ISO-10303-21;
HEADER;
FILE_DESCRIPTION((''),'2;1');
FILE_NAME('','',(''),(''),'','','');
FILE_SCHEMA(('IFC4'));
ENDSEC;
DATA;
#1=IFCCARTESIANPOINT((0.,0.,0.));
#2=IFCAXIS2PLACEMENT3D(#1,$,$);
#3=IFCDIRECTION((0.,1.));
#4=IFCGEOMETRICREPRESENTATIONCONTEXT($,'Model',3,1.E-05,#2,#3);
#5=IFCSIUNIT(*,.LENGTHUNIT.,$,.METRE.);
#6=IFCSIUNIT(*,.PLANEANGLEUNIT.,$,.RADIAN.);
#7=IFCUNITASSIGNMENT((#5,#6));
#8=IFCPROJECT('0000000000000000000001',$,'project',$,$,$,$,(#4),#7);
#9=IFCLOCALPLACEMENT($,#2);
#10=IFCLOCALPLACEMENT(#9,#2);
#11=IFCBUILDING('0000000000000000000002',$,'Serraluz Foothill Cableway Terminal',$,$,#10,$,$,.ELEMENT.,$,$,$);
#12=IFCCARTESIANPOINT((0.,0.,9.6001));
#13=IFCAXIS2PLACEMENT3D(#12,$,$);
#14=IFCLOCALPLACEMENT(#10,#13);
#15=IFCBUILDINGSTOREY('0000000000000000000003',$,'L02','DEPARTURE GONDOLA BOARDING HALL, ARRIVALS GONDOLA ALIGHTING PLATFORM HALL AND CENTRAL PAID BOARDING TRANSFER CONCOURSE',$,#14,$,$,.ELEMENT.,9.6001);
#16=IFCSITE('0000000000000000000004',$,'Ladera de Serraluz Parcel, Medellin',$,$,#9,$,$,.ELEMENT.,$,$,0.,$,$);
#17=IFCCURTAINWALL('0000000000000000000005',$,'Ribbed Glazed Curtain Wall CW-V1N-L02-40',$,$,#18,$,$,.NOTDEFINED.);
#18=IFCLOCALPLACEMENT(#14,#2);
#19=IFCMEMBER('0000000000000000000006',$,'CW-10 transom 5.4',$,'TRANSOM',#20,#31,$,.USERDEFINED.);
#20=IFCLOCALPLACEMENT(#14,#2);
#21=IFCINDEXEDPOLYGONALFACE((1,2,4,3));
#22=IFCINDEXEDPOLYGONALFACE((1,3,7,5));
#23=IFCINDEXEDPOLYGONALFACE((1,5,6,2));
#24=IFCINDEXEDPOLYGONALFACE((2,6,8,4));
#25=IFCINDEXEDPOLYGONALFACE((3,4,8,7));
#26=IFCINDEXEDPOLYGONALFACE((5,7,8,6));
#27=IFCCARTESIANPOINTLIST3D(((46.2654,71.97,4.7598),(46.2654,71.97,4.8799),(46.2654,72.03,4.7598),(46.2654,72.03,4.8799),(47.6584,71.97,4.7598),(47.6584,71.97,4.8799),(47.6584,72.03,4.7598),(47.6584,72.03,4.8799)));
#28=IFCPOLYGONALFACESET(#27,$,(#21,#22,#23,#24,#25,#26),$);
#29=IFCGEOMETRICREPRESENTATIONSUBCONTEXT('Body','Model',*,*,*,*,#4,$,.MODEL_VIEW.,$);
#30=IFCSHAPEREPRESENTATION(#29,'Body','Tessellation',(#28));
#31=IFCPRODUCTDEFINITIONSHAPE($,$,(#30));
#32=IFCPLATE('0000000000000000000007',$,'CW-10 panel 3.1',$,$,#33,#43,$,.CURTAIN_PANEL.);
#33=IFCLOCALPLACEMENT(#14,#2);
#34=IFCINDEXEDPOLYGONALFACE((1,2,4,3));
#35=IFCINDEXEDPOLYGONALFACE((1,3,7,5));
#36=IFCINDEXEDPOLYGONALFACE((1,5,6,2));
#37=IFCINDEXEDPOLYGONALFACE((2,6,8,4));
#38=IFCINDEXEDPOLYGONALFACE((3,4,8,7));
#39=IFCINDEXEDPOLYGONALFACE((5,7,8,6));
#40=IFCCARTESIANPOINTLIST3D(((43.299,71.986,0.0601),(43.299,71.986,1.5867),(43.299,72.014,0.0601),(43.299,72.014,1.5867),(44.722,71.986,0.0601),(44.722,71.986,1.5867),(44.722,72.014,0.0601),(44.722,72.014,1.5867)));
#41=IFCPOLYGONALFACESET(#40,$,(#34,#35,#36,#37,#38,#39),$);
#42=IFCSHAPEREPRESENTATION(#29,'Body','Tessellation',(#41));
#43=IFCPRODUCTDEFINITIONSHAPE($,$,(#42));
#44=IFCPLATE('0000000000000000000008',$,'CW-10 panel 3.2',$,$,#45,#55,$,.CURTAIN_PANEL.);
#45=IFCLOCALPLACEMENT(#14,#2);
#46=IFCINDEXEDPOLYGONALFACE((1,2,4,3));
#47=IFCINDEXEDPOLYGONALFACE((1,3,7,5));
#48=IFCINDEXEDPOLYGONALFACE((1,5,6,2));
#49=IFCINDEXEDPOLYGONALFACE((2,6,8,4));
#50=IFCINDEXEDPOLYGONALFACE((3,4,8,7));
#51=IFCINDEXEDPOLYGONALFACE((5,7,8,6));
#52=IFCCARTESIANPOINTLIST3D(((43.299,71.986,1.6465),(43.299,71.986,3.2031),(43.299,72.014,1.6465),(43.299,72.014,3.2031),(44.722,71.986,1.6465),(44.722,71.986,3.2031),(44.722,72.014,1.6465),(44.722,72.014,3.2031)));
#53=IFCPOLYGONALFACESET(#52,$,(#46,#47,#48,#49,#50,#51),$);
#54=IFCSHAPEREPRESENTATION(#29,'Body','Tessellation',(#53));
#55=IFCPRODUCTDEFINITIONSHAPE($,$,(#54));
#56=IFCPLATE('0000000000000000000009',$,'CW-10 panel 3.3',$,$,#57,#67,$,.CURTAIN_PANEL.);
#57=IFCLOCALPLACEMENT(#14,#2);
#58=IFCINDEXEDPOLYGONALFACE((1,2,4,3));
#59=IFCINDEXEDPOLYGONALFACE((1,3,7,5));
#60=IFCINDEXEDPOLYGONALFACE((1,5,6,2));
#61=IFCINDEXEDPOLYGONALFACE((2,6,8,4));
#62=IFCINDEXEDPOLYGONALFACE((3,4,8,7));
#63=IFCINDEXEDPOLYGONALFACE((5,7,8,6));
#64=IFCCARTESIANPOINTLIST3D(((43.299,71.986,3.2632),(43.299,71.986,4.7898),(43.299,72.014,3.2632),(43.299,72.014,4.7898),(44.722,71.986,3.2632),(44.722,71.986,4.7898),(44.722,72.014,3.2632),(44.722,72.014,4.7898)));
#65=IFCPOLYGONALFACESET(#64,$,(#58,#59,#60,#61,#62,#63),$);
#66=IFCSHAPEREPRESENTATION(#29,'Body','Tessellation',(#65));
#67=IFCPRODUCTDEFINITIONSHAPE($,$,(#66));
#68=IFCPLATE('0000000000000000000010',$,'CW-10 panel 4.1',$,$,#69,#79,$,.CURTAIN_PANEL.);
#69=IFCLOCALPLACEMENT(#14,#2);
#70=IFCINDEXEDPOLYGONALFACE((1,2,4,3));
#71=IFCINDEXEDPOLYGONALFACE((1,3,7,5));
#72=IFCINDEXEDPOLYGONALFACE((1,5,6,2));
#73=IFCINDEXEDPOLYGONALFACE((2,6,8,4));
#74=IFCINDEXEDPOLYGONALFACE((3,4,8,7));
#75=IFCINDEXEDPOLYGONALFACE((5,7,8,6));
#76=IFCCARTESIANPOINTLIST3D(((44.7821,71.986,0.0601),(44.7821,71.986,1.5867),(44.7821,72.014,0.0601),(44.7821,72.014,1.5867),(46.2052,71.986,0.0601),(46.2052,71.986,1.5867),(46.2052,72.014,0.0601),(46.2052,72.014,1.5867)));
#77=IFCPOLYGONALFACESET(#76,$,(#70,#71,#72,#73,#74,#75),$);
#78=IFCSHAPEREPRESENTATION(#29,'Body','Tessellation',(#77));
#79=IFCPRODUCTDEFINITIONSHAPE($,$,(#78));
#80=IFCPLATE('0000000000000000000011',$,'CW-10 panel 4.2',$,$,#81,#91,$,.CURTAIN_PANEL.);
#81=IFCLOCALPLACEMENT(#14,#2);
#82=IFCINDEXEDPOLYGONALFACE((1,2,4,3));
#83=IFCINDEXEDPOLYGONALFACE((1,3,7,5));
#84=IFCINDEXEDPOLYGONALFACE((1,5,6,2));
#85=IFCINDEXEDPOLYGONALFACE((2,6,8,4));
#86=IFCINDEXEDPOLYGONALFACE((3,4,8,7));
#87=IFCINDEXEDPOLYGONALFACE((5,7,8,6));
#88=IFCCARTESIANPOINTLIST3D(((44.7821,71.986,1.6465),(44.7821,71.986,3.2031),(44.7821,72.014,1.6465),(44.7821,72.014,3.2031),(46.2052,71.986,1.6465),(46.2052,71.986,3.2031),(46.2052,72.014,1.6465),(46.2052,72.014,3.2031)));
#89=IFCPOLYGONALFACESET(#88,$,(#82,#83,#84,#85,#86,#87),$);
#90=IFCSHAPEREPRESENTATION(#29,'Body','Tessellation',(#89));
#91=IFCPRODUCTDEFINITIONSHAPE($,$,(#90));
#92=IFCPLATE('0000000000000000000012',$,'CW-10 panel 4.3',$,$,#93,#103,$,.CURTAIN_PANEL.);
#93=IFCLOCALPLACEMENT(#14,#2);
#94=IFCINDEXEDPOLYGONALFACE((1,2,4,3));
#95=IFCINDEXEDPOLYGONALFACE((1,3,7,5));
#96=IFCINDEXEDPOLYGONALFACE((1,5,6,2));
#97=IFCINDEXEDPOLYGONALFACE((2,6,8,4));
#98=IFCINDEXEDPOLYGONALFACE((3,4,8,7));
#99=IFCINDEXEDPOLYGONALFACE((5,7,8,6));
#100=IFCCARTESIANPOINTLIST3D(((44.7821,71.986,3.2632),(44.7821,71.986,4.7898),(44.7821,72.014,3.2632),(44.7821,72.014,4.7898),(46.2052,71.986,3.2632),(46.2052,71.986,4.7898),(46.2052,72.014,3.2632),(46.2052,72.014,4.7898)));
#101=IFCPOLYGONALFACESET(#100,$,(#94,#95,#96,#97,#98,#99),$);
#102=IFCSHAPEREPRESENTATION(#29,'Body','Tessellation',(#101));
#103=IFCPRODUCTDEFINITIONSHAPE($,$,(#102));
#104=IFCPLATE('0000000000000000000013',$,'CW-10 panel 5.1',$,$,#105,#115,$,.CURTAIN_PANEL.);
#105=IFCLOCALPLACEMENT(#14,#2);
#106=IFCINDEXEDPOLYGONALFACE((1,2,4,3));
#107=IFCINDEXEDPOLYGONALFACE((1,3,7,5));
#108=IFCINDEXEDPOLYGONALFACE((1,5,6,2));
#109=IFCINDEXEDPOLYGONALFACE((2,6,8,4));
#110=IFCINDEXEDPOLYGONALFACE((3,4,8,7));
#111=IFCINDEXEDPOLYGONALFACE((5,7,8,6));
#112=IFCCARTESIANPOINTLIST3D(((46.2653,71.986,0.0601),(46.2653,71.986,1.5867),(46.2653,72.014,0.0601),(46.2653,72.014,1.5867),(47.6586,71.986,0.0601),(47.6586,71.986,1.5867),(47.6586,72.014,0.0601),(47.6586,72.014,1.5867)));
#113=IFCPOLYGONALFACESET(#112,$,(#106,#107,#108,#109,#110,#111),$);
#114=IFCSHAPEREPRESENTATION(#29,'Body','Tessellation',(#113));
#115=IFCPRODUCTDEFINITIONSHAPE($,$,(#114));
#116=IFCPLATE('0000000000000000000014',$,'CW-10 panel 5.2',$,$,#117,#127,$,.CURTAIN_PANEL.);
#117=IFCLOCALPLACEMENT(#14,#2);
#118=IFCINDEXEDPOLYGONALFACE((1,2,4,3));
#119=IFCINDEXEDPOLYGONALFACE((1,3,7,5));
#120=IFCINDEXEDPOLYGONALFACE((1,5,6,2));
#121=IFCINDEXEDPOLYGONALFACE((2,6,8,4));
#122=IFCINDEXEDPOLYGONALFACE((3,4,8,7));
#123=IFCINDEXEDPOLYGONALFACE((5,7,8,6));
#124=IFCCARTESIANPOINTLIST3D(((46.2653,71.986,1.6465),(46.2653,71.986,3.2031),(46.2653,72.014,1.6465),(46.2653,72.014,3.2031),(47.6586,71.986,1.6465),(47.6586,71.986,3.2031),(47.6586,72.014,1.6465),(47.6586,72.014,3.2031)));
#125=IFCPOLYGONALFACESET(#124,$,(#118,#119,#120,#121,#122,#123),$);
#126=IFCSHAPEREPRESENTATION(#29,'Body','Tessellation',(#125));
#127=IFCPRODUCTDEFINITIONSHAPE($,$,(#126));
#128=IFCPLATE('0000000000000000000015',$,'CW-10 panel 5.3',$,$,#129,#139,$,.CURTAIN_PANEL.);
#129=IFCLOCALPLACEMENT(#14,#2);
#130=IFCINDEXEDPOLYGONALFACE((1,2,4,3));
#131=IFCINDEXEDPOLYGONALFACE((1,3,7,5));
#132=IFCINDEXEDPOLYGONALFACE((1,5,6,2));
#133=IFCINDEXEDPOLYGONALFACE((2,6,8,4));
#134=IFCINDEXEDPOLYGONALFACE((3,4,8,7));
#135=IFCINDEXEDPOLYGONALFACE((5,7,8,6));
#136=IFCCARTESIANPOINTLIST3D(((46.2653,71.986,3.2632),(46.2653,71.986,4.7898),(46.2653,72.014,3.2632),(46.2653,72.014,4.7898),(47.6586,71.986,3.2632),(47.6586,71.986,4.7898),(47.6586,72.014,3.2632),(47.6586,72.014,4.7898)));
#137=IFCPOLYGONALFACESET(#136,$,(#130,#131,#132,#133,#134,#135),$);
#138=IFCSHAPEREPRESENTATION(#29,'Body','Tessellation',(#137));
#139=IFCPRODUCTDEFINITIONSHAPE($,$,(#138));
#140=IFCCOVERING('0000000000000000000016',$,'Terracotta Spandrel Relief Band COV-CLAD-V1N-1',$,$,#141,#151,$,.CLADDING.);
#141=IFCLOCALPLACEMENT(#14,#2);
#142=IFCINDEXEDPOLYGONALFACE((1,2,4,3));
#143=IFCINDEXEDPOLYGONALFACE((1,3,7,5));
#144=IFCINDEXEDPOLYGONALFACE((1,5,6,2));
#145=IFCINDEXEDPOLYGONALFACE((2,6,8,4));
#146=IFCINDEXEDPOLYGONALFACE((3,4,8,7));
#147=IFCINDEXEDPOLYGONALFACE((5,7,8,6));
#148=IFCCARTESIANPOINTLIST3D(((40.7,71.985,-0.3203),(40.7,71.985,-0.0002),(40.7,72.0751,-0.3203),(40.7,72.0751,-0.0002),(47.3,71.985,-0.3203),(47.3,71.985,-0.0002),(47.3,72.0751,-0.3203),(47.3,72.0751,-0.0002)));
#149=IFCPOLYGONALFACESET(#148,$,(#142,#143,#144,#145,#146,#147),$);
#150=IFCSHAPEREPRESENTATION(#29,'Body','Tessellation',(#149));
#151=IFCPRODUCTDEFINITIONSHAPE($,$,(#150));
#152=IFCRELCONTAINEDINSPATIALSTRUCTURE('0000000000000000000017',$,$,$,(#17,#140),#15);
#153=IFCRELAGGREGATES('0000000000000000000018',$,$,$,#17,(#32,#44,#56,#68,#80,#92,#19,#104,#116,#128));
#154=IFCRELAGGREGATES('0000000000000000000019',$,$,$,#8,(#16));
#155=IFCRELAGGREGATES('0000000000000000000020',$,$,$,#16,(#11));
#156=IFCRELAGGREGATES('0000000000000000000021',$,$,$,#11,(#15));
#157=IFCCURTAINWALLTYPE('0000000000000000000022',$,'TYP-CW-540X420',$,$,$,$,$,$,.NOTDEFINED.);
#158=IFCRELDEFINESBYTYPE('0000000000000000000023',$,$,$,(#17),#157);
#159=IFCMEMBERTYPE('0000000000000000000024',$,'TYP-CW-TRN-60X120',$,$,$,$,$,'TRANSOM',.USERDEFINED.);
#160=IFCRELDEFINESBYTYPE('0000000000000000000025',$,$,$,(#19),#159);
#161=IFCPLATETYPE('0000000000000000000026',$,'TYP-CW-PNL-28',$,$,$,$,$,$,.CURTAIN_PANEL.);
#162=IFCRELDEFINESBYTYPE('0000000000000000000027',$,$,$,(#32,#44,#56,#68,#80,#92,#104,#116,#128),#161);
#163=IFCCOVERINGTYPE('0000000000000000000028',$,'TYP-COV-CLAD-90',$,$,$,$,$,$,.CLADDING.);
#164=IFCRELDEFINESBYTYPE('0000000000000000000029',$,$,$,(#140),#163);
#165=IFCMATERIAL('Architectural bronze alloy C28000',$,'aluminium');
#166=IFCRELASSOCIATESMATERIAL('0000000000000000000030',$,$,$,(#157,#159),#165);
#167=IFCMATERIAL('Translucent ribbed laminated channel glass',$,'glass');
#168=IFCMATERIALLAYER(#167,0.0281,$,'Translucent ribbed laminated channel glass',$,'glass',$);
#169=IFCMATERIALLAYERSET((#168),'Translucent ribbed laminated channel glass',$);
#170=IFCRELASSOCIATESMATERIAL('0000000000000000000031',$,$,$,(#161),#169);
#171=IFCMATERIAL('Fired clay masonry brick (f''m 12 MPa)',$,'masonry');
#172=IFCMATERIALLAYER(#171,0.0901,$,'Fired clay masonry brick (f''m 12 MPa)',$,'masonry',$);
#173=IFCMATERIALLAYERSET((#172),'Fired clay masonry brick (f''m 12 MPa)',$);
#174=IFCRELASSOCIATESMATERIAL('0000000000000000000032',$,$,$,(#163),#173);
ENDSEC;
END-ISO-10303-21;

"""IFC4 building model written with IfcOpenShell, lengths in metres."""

from ifc_helpers import new_model, si_unit, direction, frame, origin, origin_2d, place, context, subcontext, project, spatial, rectangle, extrude, material, layer, layer_set, material_profile, profile_set, type_object, element, aggregate, save


model = new_model("IFC4")

# Units and contexts
model_context = context("Model", 3, precision=1e-05, world=origin(), true_north=direction((0.0, 1.0)))
body_context = subcontext(model_context, "Body", "Model", "MODEL_VIEW")
ifc_project = project(units=[si_unit("LENGTHUNIT", "METRE"), si_unit("PLANEANGLEUNIT", "RADIAN")], contexts=[model_context])

# Site, building, storey
site_placement = place(None, origin())
site = spatial("IfcSite", under=ifc_project, at=site_placement, Name="Ladera de Serraluz Parcel, Medellin", CompositionType="ELEMENT", RefElevation=0.0)
building_placement = place(site_placement, origin())
building = spatial("IfcBuilding", under=site, at=building_placement, Name="Serraluz Foothill Cableway Terminal", CompositionType="ELEMENT")
storey_placement = place(building_placement, frame((0.0, 0.0, 9.6001)))
storey = spatial("IfcBuildingStorey", under=building, at=storey_placement, Name="L02", Description="DEPARTURE GONDOLA BOARDING HALL, ARRIVALS GONDOLA ALIGHTING PLATFORM HALL AND CENTRAL PAID BOARDING TRANSFER CONCOURSE", CompositionType="ELEMENT", Elevation=9.6001)

# Curtain wall, member, plates
ifc_material_1 = material(Name="Architectural bronze alloy C28000", Category="aluminium")
curtain_wall_type = type_object("IfcCurtainWallType", Name="TYP-CW-540X420", PredefinedType="NOTDEFINED", material=ifc_material_1)
curtain_wall_placement = place(storey_placement, origin())
curtain_wall = element("IfcCurtainWall", 1, at=curtain_wall_placement, inside=storey, type_object=curtain_wall_type, Name="Ribbed Glazed Curtain Wall CW-V1N-L02-40", PredefinedType="NOTDEFINED")
ifc_material_profile_1 = material_profile(ifc_material_1, rectangle(XDim=0.0601, YDim=0.1201, at=origin_2d()), Name="ALU TRANSOM 60x120")
ifc_profile_set_1 = profile_set([ifc_material_profile_1], Name="Architectural bronze alloy C28000")
member_type_1 = type_object("IfcMemberType", Name="TYP-CW-TRN-60X120", ElementType="TRANSOM", PredefinedType="USERDEFINED", material=ifc_profile_set_1)
member_1_placement = place(storey_placement, frame((46.2654, 72.0, 4.8198), z_axis=(1.0, 0.0, 0.0), x_axis=(0.0, 1.0, 0.0)))
member_1 = element("IfcMember", 2, at=member_1_placement, type_object=member_type_1, Name="CW-10 transom 5.4", ObjectType="TRANSOM", PredefinedType="USERDEFINED", context=body_context, shape_type="SweptSolid", body=[
    extrude(rectangle(XDim=0.0601, YDim=0.1201, at=origin_2d()), origin(), (0.0, 0.0, 1.0), 1.3931),
])
ifc_material_2 = material(Name="Translucent ribbed laminated channel glass", Category="glass")
ifc_layer_1 = layer(ifc_material_2, 0.0281, Name="Translucent ribbed laminated channel glass", Category="glass")
ifc_layer_set_1 = layer_set([ifc_layer_1], Name="Translucent ribbed laminated channel glass")
plate_type = type_object("IfcPlateType", Name="TYP-CW-PNL-28", PredefinedType="CURTAIN_PANEL", material=ifc_layer_set_1)
plate_1_placement = place(storey_placement, frame((44.0105, 72.0, 0.0601), z_axis=(0.0, 0.0, 1.0), x_axis=(1.0, 0.0, 0.0)))
plate_1 = element("IfcPlate", 3, at=plate_1_placement, type_object=plate_type, Name="CW-10 panel 3.1", PredefinedType="CURTAIN_PANEL", context=body_context, shape_type="SweptSolid", body=[
    extrude(rectangle(XDim=1.4231, YDim=0.0281, at=origin_2d()), origin(), (0.0, 0.0, 1.0), 1.5266),
])
plate_2_placement = place(storey_placement, frame((44.0105, 72.0, 1.6465), z_axis=(0.0, 0.0, 1.0), x_axis=(1.0, 0.0, 0.0)))
plate_2 = element("IfcPlate", 4, at=plate_2_placement, type_object=plate_type, Name="CW-10 panel 3.2", PredefinedType="CURTAIN_PANEL", context=body_context, shape_type="SweptSolid", body=[
    extrude(rectangle(XDim=1.4231, YDim=0.0281, at=origin_2d()), origin(), (0.0, 0.0, 1.0), 1.5566),
])
plate_3_placement = place(storey_placement, frame((44.0105, 72.0, 3.2632), z_axis=(0.0, 0.0, 1.0), x_axis=(1.0, 0.0, 0.0)))
plate_3 = element("IfcPlate", 5, at=plate_3_placement, type_object=plate_type, Name="CW-10 panel 3.3", PredefinedType="CURTAIN_PANEL", context=body_context, shape_type="SweptSolid", body=[
    extrude(rectangle(XDim=1.4231, YDim=0.0281, at=origin_2d()), origin(), (0.0, 0.0, 1.0), 1.5266),
])
plate_4_placement = place(storey_placement, frame((45.4937, 72.0, 0.0601), z_axis=(0.0, 0.0, 1.0), x_axis=(1.0, 0.0, 0.0)))
plate_4 = element("IfcPlate", 6, at=plate_4_placement, type_object=plate_type, Name="CW-10 panel 4.1", PredefinedType="CURTAIN_PANEL", context=body_context, shape_type="SweptSolid", body=[
    extrude(rectangle(XDim=1.4231, YDim=0.0281, at=origin_2d()), origin(), (0.0, 0.0, 1.0), 1.5266),
])
plate_5_placement = place(storey_placement, frame((45.4937, 72.0, 1.6465), z_axis=(0.0, 0.0, 1.0), x_axis=(1.0, 0.0, 0.0)))
plate_5 = element("IfcPlate", 7, at=plate_5_placement, type_object=plate_type, Name="CW-10 panel 4.2", PredefinedType="CURTAIN_PANEL", context=body_context, shape_type="SweptSolid", body=[
    extrude(rectangle(XDim=1.4231, YDim=0.0281, at=origin_2d()), origin(), (0.0, 0.0, 1.0), 1.5566),
])
plate_6_placement = place(storey_placement, frame((45.4937, 72.0, 3.2632), z_axis=(0.0, 0.0, 1.0), x_axis=(1.0, 0.0, 0.0)))
plate_6 = element("IfcPlate", 8, at=plate_6_placement, type_object=plate_type, Name="CW-10 panel 4.3", PredefinedType="CURTAIN_PANEL", context=body_context, shape_type="SweptSolid", body=[
    extrude(rectangle(XDim=1.4231, YDim=0.0281, at=origin_2d()), origin(), (0.0, 0.0, 1.0), 1.5266),
])
plate_7_placement = place(storey_placement, frame((46.9619, 72.0, 0.0601), z_axis=(0.0, 0.0, 1.0), x_axis=(1.0, 0.0, 0.0)))
plate_7 = element("IfcPlate", 9, at=plate_7_placement, type_object=plate_type, Name="CW-10 panel 5.1", PredefinedType="CURTAIN_PANEL", context=body_context, shape_type="SweptSolid", body=[
    extrude(rectangle(XDim=1.3933, YDim=0.0281, at=origin_2d()), origin(), (0.0, 0.0, 1.0), 1.5266),
])
plate_8_placement = place(storey_placement, frame((46.9619, 72.0, 1.6465), z_axis=(0.0, 0.0, 1.0), x_axis=(1.0, 0.0, 0.0)))
plate_8 = element("IfcPlate", 10, at=plate_8_placement, type_object=plate_type, Name="CW-10 panel 5.2", PredefinedType="CURTAIN_PANEL", context=body_context, shape_type="SweptSolid", body=[
    extrude(rectangle(XDim=1.3933, YDim=0.0281, at=origin_2d()), origin(), (0.0, 0.0, 1.0), 1.5566),
])
plate_9_placement = place(storey_placement, frame((46.9619, 72.0, 3.2632), z_axis=(0.0, 0.0, 1.0), x_axis=(1.0, 0.0, 0.0)))
plate_9 = element("IfcPlate", 11, at=plate_9_placement, type_object=plate_type, Name="CW-10 panel 5.3", PredefinedType="CURTAIN_PANEL", context=body_context, shape_type="SweptSolid", body=[
    extrude(rectangle(XDim=1.3933, YDim=0.0281, at=origin_2d()), origin(), (0.0, 0.0, 1.0), 1.5266),
])
aggregate(curtain_wall, [plate_1, plate_2, plate_3, plate_4, plate_5, plate_6, member_1, plate_7, plate_8, plate_9])

# Covering
ifc_material_3 = material(Name="Fired clay masonry brick (f'm 12 MPa)", Category="masonry")
ifc_layer_2 = layer(ifc_material_3, 0.0901, Name="Fired clay masonry brick (f'm 12 MPa)", Category="masonry")
ifc_layer_set_2 = layer_set([ifc_layer_2], Name="Fired clay masonry brick (f'm 12 MPa)")
covering_type = type_object("IfcCoveringType", Name="TYP-COV-CLAD-90", PredefinedType="CLADDING", material=ifc_layer_set_2)
covering_placement = place(storey_placement, frame((44.0, 72.03, -0.3203), z_axis=(0.0, 0.0, 1.0), x_axis=(1.0, 0.0, 0.0)))
element("IfcCovering", 12, at=covering_placement, inside=storey, type_object=covering_type, Name="Terracotta Spandrel Relief Band COV-CLAD-V1N-1", PredefinedType="CLADDING", context=body_context, shape_type="SweptSolid", body=[
    extrude(rectangle(XDim=6.6001, YDim=0.0901, at=origin_2d()), origin(), (0.0, 0.0, 1.0), 0.3201),
])

save(model, "model.ifc")
